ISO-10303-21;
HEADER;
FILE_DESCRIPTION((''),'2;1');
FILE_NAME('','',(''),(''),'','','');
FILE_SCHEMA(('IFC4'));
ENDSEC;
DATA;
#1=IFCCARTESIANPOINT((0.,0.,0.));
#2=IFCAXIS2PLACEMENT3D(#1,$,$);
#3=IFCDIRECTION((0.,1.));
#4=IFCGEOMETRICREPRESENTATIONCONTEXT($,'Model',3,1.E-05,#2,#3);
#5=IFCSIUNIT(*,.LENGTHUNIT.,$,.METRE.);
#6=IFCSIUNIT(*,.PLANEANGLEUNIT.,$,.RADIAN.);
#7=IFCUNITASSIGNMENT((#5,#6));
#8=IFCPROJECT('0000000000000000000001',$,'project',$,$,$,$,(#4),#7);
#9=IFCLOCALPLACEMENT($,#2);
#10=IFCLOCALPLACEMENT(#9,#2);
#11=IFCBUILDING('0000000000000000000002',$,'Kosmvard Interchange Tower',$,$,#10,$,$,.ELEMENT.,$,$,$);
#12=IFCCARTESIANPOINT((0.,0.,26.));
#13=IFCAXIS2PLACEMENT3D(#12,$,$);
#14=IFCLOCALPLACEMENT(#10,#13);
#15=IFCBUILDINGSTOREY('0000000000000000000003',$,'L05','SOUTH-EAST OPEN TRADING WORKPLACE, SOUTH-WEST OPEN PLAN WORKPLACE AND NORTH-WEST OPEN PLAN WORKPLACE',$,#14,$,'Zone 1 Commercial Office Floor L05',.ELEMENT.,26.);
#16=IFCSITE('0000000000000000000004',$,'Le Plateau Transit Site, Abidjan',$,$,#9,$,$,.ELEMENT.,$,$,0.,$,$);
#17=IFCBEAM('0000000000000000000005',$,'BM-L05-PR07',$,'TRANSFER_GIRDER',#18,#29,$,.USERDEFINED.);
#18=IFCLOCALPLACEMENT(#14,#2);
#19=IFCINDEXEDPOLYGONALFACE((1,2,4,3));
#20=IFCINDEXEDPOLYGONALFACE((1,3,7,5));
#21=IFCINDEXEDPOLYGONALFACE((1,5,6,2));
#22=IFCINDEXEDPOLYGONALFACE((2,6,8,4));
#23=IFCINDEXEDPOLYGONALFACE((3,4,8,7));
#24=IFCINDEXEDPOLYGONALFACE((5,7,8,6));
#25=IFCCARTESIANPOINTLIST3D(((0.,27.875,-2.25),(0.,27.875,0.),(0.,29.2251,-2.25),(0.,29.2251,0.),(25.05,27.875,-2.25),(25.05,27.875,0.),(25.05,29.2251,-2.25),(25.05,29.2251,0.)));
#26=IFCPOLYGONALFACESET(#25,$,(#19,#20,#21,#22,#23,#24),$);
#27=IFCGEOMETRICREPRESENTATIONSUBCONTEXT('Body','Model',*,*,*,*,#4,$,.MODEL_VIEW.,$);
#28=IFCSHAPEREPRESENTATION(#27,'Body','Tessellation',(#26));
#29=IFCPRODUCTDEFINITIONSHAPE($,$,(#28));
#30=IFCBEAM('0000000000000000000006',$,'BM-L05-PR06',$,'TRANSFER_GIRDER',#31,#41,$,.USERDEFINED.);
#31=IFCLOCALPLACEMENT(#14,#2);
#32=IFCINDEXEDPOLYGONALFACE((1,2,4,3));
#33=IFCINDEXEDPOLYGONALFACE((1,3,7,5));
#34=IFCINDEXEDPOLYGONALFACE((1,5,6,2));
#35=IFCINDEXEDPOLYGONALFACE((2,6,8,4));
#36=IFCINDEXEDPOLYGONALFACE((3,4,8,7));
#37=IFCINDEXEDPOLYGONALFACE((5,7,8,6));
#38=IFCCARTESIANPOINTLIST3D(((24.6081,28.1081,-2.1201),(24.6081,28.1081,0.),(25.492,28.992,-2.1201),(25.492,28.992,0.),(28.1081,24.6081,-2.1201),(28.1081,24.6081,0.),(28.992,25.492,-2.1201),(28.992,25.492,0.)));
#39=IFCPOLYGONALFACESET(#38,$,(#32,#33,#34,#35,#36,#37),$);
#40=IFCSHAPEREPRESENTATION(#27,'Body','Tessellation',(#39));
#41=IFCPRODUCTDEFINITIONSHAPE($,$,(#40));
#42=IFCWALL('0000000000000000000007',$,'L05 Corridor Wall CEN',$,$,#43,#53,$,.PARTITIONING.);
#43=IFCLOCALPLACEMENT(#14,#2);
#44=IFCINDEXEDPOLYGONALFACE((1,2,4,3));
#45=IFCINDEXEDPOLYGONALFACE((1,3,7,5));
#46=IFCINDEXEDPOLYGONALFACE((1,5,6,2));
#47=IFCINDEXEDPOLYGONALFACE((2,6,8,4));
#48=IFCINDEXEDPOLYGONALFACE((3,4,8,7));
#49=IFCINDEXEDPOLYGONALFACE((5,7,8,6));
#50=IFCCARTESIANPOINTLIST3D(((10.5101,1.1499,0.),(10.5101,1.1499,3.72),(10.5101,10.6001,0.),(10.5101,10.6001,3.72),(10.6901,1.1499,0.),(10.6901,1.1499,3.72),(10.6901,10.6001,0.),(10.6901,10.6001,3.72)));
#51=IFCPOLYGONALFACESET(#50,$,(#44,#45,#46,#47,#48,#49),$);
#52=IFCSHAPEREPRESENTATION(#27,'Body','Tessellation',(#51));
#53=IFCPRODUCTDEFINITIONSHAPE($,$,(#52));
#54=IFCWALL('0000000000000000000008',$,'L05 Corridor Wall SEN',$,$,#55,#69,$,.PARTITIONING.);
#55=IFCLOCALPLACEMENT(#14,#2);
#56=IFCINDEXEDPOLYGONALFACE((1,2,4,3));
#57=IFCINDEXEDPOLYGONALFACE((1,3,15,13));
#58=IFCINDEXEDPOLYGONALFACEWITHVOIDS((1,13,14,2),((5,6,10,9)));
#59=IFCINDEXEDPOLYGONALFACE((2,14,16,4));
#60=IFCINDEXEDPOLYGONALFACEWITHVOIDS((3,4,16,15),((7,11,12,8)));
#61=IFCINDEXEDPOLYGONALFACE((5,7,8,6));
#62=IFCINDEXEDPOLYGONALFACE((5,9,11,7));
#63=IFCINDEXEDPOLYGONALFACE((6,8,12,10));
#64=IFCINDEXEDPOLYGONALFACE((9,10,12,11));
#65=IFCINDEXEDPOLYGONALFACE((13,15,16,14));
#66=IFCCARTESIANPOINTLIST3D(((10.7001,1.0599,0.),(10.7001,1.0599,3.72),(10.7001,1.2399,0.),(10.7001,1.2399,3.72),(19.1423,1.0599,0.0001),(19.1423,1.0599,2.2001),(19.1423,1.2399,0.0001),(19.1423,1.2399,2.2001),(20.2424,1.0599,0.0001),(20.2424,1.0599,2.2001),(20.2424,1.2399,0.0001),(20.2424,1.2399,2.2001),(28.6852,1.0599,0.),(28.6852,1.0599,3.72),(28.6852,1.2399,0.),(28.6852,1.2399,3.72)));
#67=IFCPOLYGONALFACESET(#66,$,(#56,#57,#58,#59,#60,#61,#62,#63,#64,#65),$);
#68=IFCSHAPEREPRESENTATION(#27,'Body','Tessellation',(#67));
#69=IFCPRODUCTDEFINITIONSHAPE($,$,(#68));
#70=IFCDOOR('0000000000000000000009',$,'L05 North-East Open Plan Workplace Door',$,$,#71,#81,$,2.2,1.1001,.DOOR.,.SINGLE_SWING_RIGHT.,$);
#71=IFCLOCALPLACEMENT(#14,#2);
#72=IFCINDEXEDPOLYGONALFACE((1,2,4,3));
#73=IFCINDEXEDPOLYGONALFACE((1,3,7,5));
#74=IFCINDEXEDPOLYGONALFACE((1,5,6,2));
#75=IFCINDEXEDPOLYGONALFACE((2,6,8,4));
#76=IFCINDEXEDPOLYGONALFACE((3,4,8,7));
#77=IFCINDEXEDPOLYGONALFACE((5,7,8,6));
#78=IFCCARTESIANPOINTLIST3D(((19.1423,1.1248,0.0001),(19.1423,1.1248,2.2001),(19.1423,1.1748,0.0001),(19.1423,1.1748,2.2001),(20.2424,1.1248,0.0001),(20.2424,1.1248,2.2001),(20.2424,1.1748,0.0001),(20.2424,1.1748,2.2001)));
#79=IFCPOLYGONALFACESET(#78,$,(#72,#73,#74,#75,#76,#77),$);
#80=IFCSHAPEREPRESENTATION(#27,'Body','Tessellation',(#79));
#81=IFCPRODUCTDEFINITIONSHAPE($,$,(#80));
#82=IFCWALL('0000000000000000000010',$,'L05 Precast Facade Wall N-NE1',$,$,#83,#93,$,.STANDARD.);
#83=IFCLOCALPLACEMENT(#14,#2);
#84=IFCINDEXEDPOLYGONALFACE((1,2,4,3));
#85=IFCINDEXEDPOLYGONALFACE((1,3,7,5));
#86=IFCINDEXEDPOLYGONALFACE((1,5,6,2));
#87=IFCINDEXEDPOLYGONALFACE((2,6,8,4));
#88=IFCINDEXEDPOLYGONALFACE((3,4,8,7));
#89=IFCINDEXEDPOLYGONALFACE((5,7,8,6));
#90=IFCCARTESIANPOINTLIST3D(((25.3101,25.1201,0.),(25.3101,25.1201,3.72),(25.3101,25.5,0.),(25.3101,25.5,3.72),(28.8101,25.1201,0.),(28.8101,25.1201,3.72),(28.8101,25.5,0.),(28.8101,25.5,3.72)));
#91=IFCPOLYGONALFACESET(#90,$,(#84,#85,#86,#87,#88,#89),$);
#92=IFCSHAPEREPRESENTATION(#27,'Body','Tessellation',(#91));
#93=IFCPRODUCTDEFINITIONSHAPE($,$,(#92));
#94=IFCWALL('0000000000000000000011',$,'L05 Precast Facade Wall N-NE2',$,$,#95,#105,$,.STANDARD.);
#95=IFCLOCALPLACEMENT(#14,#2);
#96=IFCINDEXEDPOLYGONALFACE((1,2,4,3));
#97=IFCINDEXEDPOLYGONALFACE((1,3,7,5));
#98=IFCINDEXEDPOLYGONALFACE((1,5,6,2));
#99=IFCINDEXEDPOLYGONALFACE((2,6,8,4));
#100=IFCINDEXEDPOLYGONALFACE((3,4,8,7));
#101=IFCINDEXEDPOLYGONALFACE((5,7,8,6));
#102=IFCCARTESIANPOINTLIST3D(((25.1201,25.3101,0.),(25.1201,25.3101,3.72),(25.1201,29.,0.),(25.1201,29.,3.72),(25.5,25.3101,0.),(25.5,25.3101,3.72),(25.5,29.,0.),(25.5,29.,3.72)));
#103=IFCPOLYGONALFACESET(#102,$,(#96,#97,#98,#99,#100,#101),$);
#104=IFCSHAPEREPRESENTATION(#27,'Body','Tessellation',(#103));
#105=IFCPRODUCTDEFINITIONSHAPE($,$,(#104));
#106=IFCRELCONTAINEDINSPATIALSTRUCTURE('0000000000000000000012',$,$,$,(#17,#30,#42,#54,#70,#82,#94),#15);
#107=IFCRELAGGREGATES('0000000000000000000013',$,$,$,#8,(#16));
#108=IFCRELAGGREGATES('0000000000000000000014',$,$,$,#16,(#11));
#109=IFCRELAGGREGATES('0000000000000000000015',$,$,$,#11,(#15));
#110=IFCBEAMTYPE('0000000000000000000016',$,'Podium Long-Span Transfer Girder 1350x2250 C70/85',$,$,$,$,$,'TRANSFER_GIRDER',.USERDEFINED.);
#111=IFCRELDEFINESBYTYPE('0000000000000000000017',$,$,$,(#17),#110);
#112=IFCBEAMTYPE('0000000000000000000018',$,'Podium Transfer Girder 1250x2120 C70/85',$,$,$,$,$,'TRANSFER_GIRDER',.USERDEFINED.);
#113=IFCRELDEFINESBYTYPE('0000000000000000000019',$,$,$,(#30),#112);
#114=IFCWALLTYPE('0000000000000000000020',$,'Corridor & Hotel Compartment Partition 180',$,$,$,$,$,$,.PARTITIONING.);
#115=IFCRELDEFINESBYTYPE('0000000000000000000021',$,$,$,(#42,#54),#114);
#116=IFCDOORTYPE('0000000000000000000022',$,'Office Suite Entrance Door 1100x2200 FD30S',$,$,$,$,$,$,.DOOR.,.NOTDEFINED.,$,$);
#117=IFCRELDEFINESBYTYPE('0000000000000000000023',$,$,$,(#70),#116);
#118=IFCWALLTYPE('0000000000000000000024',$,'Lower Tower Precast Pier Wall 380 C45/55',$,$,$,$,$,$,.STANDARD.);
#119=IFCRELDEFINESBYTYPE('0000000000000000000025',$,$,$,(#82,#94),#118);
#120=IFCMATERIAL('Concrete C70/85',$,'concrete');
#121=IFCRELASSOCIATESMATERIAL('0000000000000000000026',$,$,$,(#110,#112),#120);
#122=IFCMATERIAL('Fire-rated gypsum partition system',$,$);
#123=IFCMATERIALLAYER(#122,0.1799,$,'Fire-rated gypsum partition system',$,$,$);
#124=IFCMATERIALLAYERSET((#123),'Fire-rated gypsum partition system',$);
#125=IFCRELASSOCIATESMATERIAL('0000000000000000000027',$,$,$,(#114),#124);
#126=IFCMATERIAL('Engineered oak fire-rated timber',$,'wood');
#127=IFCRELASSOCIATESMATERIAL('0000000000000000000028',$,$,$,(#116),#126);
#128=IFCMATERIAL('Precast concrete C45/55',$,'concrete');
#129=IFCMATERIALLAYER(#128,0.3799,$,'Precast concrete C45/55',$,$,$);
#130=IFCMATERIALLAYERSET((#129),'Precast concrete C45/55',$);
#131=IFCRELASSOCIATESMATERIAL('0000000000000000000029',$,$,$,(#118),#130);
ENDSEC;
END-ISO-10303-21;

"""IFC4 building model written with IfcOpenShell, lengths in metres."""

from ifc_helpers import new_model, si_unit, direction, frame, frame_2d, origin, origin_2d, place, context, subcontext, project, spatial, rectangle, extrude, source, transform, mapped, material, layer, layer_set, material_profile, profile_set, type_object, element, fill, save


model = new_model("IFC4")

# Units and contexts
model_context = context("Model", 3, precision=1e-05, world=origin(), true_north=direction((0.0, 1.0)))
body_context = subcontext(model_context, "Body", "Model", "MODEL_VIEW")
ifc_project = project(units=[si_unit("LENGTHUNIT", "METRE"), si_unit("PLANEANGLEUNIT", "RADIAN")], contexts=[model_context])

# Site, building, storey
site_placement = place(None, origin())
site = spatial("IfcSite", under=ifc_project, at=site_placement, Name="Le Plateau Transit Site, Abidjan", CompositionType="ELEMENT", RefElevation=0.0)
building_placement = place(site_placement, origin())
building = spatial("IfcBuilding", under=site, at=building_placement, Name="Kosmvard Interchange Tower", CompositionType="ELEMENT")
storey_placement = place(building_placement, frame((0.0, 0.0, 26.0)))
storey = spatial("IfcBuildingStorey", under=building, at=storey_placement, Name="L05", Description="SOUTH-EAST OPEN TRADING WORKPLACE, SOUTH-WEST OPEN PLAN WORKPLACE AND NORTH-WEST OPEN PLAN WORKPLACE", LongName="Zone 1 Commercial Office Floor L05", CompositionType="ELEMENT", Elevation=26.0)

# Beams
ifc_material_1 = material(Name="Concrete C70/85", Category="concrete")
ifc_material_profile_1 = material_profile(ifc_material_1, rectangle(XDim=1.3501, YDim=2.25, at=origin_2d()), Name="TG 1350x2250")
ifc_profile_set_1 = profile_set([ifc_material_profile_1], Name="Concrete C70/85")
beam_type_1 = type_object("IfcBeamType", Name="Podium Long-Span Transfer Girder 1350x2250 C70/85", ElementType="TRANSFER_GIRDER", PredefinedType="USERDEFINED", material=ifc_profile_set_1)
ifc_material_profile_2 = material_profile(ifc_material_1, rectangle(XDim=1.25, YDim=2.1201, at=origin_2d()), Name="TG 1250x2120")
ifc_profile_set_2 = profile_set([ifc_material_profile_2], Name="Concrete C70/85")
beam_type_2 = type_object("IfcBeamType", Name="Podium Transfer Girder 1250x2120 C70/85", ElementType="TRANSFER_GIRDER", PredefinedType="USERDEFINED", material=ifc_profile_set_2)
shared_shape_1 = source(origin(), body_context, "Body", "SweptSolid", [
    extrude(rectangle(XDim=1.3501, YDim=2.25, at=origin_2d()), origin(), (0.0, 0.0, 1.0), 25.05),
])
beam_1_placement = place(storey_placement, frame((25.05, 28.55, -1.125), z_axis=(-1.0, 0.0, 0.0), x_axis=(0.0, -1.0, 0.0)))
element("IfcBeam", 1, at=beam_1_placement, inside=storey, type_object=beam_type_1, Name="BM-L05-PR07", ObjectType="TRANSFER_GIRDER", PredefinedType="USERDEFINED", context=body_context, shape_type="MappedRepresentation", body=[
    mapped(shared_shape_1, transform((0.0, 0.0, 0.0), scale=1.0)),
])
shared_shape_2 = source(origin(), body_context, "Body", "SweptSolid", [
    extrude(rectangle(XDim=1.25, YDim=2.1201, at=origin_2d()), origin(), (0.0, 0.0, 1.0), 4.9497),
])
beam_2_placement = place(storey_placement, frame((28.55, 25.05, -1.0601), z_axis=(-0.707107, 0.707107, 0.0), x_axis=(-0.707107, -0.707107, 0.0)))
element("IfcBeam", 2, at=beam_2_placement, inside=storey, type_object=beam_type_2, Name="BM-L05-PR06", ObjectType="TRANSFER_GIRDER", PredefinedType="USERDEFINED", context=body_context, shape_type="MappedRepresentation", body=[
    mapped(shared_shape_2, transform((0.0, 0.0, 0.0), scale=1.0)),
])

# Wall
ifc_material_2 = material(Name="Fire-rated gypsum partition system")
ifc_layer_1 = layer(ifc_material_2, 0.1799, Name="Fire-rated gypsum partition system")
ifc_layer_set_1 = layer_set([ifc_layer_1], Name="Fire-rated gypsum partition system")
wall_type_1 = type_object("IfcWallType", Name="Corridor & Hotel Compartment Partition 180", PredefinedType="PARTITIONING", material=ifc_layer_set_1)
wall_1_placement = place(storey_placement, frame((10.6001, 1.1499, 0.0), z_axis=(0.0, 0.0, 1.0), x_axis=(0.0, 1.0, 0.0)))
element("IfcWall", 3, at=wall_1_placement, inside=storey, type_object=wall_type_1, Name="L05 Corridor Wall CEN", PredefinedType="PARTITIONING", context=body_context, shape_type="SweptSolid", body=[
    extrude(rectangle(XDim=9.4502, YDim=0.1799, at=frame_2d((4.7251, 0.0))), origin(), (0.0, 0.0, 1.0), 3.72),
])

# Wall, opening, door
wall_2_placement = place(storey_placement, frame((10.7, 1.1499, 0.0), z_axis=(0.0, 0.0, 1.0), x_axis=(1.0, 0.0, 0.0)))
wall_2 = element("IfcWall", 4, at=wall_2_placement, inside=storey, type_object=wall_type_1, Name="L05 Corridor Wall SEN", PredefinedType="PARTITIONING", context=body_context, shape_type="SweptSolid", body=[
    extrude(rectangle(XDim=17.9851, YDim=0.1799, at=frame_2d((8.9927, 0.0))), origin(), (0.0, 0.0, 1.0), 3.72),
])
opening_1_placement = place(wall_2_placement, frame((8.4424, 0.0, 0.0)))
opening_1 = element("IfcOpeningElement", 5, at=opening_1_placement, cuts=wall_2, PredefinedType="OPENING", context=body_context, shape_type="SweptSolid", body=[
    extrude(rectangle(XDim=1.1001, YDim=2.2, at=frame_2d((0.55, 1.1001))), frame((0.0, 0.1001, 0.0), z_axis=(0.0, -1.0, 0.0), x_axis=(1.0, 0.0, 0.0)), (0.0, 0.0, 1.0), 0.2),
])
ifc_material_3 = material(Name="Engineered oak fire-rated timber", Category="wood")
door_type_1 = type_object("IfcDoorType", Name="Office Suite Entrance Door 1100x2200 FD30S", OperationType="NOTDEFINED", PredefinedType="DOOR", material=ifc_material_3)
shared_shape_3 = source(origin(), body_context, "Body", "SweptSolid", [
    extrude(rectangle(XDim=1.1001, YDim=2.2, at=frame_2d((0.55, 1.1001))), frame((0.0, 0.0249, 0.0), z_axis=(0.0, -1.0, 0.0), x_axis=(1.0, 0.0, 0.0)), (0.0, 0.0, 1.0), 0.05),
])
door_1_placement = place(opening_1_placement, origin())
door_1 = element("IfcDoor", 6, at=door_1_placement, inside=storey, type_object=door_type_1, Name="L05 North-East Open Plan Workplace Door", OperationType="SINGLE_SWING_RIGHT", OverallHeight=2.2, OverallWidth=1.1001, PredefinedType="DOOR", context=body_context, shape_type="MappedRepresentation", body=[
    mapped(shared_shape_3, transform((0.0, 0.0, 0.0), scale=1.0)),
])
fill(opening_1, door_1)

# Walls
ifc_material_4 = material(Name="Precast concrete C45/55", Category="concrete")
ifc_layer_2 = layer(ifc_material_4, 0.3799, Name="Precast concrete C45/55")
ifc_layer_set_2 = layer_set([ifc_layer_2], Name="Precast concrete C45/55")
wall_type_2 = type_object("IfcWallType", Name="Lower Tower Precast Pier Wall 380 C45/55", PredefinedType="STANDARD", material=ifc_layer_set_2)
wall_3_placement = place(storey_placement, frame((28.8101, 25.3101, 0.0), z_axis=(0.0, 0.0, 1.0), x_axis=(-1.0, 0.0, 0.0)))
element("IfcWall", 7, at=wall_3_placement, inside=storey, type_object=wall_type_2, Name="L05 Precast Facade Wall N-NE1", PredefinedType="STANDARD", context=body_context, shape_type="SweptSolid", body=[
    extrude(rectangle(XDim=3.5, YDim=0.3799, at=frame_2d((1.75, 0.0))), origin(), (0.0, 0.0, 1.0), 3.72),
])
wall_4_placement = place(storey_placement, frame((25.3101, 25.3101, 0.0), z_axis=(0.0, 0.0, 1.0), x_axis=(0.0, 1.0, 0.0)))
element("IfcWall", 8, at=wall_4_placement, inside=storey, type_object=wall_type_2, Name="L05 Precast Facade Wall N-NE2", PredefinedType="STANDARD", context=body_context, shape_type="SweptSolid", body=[
    extrude(rectangle(XDim=3.6899, YDim=0.3799, at=frame_2d((1.845, 0.0))), origin(), (0.0, 0.0, 1.0), 3.72),
])

save(model, "model.ifc")
